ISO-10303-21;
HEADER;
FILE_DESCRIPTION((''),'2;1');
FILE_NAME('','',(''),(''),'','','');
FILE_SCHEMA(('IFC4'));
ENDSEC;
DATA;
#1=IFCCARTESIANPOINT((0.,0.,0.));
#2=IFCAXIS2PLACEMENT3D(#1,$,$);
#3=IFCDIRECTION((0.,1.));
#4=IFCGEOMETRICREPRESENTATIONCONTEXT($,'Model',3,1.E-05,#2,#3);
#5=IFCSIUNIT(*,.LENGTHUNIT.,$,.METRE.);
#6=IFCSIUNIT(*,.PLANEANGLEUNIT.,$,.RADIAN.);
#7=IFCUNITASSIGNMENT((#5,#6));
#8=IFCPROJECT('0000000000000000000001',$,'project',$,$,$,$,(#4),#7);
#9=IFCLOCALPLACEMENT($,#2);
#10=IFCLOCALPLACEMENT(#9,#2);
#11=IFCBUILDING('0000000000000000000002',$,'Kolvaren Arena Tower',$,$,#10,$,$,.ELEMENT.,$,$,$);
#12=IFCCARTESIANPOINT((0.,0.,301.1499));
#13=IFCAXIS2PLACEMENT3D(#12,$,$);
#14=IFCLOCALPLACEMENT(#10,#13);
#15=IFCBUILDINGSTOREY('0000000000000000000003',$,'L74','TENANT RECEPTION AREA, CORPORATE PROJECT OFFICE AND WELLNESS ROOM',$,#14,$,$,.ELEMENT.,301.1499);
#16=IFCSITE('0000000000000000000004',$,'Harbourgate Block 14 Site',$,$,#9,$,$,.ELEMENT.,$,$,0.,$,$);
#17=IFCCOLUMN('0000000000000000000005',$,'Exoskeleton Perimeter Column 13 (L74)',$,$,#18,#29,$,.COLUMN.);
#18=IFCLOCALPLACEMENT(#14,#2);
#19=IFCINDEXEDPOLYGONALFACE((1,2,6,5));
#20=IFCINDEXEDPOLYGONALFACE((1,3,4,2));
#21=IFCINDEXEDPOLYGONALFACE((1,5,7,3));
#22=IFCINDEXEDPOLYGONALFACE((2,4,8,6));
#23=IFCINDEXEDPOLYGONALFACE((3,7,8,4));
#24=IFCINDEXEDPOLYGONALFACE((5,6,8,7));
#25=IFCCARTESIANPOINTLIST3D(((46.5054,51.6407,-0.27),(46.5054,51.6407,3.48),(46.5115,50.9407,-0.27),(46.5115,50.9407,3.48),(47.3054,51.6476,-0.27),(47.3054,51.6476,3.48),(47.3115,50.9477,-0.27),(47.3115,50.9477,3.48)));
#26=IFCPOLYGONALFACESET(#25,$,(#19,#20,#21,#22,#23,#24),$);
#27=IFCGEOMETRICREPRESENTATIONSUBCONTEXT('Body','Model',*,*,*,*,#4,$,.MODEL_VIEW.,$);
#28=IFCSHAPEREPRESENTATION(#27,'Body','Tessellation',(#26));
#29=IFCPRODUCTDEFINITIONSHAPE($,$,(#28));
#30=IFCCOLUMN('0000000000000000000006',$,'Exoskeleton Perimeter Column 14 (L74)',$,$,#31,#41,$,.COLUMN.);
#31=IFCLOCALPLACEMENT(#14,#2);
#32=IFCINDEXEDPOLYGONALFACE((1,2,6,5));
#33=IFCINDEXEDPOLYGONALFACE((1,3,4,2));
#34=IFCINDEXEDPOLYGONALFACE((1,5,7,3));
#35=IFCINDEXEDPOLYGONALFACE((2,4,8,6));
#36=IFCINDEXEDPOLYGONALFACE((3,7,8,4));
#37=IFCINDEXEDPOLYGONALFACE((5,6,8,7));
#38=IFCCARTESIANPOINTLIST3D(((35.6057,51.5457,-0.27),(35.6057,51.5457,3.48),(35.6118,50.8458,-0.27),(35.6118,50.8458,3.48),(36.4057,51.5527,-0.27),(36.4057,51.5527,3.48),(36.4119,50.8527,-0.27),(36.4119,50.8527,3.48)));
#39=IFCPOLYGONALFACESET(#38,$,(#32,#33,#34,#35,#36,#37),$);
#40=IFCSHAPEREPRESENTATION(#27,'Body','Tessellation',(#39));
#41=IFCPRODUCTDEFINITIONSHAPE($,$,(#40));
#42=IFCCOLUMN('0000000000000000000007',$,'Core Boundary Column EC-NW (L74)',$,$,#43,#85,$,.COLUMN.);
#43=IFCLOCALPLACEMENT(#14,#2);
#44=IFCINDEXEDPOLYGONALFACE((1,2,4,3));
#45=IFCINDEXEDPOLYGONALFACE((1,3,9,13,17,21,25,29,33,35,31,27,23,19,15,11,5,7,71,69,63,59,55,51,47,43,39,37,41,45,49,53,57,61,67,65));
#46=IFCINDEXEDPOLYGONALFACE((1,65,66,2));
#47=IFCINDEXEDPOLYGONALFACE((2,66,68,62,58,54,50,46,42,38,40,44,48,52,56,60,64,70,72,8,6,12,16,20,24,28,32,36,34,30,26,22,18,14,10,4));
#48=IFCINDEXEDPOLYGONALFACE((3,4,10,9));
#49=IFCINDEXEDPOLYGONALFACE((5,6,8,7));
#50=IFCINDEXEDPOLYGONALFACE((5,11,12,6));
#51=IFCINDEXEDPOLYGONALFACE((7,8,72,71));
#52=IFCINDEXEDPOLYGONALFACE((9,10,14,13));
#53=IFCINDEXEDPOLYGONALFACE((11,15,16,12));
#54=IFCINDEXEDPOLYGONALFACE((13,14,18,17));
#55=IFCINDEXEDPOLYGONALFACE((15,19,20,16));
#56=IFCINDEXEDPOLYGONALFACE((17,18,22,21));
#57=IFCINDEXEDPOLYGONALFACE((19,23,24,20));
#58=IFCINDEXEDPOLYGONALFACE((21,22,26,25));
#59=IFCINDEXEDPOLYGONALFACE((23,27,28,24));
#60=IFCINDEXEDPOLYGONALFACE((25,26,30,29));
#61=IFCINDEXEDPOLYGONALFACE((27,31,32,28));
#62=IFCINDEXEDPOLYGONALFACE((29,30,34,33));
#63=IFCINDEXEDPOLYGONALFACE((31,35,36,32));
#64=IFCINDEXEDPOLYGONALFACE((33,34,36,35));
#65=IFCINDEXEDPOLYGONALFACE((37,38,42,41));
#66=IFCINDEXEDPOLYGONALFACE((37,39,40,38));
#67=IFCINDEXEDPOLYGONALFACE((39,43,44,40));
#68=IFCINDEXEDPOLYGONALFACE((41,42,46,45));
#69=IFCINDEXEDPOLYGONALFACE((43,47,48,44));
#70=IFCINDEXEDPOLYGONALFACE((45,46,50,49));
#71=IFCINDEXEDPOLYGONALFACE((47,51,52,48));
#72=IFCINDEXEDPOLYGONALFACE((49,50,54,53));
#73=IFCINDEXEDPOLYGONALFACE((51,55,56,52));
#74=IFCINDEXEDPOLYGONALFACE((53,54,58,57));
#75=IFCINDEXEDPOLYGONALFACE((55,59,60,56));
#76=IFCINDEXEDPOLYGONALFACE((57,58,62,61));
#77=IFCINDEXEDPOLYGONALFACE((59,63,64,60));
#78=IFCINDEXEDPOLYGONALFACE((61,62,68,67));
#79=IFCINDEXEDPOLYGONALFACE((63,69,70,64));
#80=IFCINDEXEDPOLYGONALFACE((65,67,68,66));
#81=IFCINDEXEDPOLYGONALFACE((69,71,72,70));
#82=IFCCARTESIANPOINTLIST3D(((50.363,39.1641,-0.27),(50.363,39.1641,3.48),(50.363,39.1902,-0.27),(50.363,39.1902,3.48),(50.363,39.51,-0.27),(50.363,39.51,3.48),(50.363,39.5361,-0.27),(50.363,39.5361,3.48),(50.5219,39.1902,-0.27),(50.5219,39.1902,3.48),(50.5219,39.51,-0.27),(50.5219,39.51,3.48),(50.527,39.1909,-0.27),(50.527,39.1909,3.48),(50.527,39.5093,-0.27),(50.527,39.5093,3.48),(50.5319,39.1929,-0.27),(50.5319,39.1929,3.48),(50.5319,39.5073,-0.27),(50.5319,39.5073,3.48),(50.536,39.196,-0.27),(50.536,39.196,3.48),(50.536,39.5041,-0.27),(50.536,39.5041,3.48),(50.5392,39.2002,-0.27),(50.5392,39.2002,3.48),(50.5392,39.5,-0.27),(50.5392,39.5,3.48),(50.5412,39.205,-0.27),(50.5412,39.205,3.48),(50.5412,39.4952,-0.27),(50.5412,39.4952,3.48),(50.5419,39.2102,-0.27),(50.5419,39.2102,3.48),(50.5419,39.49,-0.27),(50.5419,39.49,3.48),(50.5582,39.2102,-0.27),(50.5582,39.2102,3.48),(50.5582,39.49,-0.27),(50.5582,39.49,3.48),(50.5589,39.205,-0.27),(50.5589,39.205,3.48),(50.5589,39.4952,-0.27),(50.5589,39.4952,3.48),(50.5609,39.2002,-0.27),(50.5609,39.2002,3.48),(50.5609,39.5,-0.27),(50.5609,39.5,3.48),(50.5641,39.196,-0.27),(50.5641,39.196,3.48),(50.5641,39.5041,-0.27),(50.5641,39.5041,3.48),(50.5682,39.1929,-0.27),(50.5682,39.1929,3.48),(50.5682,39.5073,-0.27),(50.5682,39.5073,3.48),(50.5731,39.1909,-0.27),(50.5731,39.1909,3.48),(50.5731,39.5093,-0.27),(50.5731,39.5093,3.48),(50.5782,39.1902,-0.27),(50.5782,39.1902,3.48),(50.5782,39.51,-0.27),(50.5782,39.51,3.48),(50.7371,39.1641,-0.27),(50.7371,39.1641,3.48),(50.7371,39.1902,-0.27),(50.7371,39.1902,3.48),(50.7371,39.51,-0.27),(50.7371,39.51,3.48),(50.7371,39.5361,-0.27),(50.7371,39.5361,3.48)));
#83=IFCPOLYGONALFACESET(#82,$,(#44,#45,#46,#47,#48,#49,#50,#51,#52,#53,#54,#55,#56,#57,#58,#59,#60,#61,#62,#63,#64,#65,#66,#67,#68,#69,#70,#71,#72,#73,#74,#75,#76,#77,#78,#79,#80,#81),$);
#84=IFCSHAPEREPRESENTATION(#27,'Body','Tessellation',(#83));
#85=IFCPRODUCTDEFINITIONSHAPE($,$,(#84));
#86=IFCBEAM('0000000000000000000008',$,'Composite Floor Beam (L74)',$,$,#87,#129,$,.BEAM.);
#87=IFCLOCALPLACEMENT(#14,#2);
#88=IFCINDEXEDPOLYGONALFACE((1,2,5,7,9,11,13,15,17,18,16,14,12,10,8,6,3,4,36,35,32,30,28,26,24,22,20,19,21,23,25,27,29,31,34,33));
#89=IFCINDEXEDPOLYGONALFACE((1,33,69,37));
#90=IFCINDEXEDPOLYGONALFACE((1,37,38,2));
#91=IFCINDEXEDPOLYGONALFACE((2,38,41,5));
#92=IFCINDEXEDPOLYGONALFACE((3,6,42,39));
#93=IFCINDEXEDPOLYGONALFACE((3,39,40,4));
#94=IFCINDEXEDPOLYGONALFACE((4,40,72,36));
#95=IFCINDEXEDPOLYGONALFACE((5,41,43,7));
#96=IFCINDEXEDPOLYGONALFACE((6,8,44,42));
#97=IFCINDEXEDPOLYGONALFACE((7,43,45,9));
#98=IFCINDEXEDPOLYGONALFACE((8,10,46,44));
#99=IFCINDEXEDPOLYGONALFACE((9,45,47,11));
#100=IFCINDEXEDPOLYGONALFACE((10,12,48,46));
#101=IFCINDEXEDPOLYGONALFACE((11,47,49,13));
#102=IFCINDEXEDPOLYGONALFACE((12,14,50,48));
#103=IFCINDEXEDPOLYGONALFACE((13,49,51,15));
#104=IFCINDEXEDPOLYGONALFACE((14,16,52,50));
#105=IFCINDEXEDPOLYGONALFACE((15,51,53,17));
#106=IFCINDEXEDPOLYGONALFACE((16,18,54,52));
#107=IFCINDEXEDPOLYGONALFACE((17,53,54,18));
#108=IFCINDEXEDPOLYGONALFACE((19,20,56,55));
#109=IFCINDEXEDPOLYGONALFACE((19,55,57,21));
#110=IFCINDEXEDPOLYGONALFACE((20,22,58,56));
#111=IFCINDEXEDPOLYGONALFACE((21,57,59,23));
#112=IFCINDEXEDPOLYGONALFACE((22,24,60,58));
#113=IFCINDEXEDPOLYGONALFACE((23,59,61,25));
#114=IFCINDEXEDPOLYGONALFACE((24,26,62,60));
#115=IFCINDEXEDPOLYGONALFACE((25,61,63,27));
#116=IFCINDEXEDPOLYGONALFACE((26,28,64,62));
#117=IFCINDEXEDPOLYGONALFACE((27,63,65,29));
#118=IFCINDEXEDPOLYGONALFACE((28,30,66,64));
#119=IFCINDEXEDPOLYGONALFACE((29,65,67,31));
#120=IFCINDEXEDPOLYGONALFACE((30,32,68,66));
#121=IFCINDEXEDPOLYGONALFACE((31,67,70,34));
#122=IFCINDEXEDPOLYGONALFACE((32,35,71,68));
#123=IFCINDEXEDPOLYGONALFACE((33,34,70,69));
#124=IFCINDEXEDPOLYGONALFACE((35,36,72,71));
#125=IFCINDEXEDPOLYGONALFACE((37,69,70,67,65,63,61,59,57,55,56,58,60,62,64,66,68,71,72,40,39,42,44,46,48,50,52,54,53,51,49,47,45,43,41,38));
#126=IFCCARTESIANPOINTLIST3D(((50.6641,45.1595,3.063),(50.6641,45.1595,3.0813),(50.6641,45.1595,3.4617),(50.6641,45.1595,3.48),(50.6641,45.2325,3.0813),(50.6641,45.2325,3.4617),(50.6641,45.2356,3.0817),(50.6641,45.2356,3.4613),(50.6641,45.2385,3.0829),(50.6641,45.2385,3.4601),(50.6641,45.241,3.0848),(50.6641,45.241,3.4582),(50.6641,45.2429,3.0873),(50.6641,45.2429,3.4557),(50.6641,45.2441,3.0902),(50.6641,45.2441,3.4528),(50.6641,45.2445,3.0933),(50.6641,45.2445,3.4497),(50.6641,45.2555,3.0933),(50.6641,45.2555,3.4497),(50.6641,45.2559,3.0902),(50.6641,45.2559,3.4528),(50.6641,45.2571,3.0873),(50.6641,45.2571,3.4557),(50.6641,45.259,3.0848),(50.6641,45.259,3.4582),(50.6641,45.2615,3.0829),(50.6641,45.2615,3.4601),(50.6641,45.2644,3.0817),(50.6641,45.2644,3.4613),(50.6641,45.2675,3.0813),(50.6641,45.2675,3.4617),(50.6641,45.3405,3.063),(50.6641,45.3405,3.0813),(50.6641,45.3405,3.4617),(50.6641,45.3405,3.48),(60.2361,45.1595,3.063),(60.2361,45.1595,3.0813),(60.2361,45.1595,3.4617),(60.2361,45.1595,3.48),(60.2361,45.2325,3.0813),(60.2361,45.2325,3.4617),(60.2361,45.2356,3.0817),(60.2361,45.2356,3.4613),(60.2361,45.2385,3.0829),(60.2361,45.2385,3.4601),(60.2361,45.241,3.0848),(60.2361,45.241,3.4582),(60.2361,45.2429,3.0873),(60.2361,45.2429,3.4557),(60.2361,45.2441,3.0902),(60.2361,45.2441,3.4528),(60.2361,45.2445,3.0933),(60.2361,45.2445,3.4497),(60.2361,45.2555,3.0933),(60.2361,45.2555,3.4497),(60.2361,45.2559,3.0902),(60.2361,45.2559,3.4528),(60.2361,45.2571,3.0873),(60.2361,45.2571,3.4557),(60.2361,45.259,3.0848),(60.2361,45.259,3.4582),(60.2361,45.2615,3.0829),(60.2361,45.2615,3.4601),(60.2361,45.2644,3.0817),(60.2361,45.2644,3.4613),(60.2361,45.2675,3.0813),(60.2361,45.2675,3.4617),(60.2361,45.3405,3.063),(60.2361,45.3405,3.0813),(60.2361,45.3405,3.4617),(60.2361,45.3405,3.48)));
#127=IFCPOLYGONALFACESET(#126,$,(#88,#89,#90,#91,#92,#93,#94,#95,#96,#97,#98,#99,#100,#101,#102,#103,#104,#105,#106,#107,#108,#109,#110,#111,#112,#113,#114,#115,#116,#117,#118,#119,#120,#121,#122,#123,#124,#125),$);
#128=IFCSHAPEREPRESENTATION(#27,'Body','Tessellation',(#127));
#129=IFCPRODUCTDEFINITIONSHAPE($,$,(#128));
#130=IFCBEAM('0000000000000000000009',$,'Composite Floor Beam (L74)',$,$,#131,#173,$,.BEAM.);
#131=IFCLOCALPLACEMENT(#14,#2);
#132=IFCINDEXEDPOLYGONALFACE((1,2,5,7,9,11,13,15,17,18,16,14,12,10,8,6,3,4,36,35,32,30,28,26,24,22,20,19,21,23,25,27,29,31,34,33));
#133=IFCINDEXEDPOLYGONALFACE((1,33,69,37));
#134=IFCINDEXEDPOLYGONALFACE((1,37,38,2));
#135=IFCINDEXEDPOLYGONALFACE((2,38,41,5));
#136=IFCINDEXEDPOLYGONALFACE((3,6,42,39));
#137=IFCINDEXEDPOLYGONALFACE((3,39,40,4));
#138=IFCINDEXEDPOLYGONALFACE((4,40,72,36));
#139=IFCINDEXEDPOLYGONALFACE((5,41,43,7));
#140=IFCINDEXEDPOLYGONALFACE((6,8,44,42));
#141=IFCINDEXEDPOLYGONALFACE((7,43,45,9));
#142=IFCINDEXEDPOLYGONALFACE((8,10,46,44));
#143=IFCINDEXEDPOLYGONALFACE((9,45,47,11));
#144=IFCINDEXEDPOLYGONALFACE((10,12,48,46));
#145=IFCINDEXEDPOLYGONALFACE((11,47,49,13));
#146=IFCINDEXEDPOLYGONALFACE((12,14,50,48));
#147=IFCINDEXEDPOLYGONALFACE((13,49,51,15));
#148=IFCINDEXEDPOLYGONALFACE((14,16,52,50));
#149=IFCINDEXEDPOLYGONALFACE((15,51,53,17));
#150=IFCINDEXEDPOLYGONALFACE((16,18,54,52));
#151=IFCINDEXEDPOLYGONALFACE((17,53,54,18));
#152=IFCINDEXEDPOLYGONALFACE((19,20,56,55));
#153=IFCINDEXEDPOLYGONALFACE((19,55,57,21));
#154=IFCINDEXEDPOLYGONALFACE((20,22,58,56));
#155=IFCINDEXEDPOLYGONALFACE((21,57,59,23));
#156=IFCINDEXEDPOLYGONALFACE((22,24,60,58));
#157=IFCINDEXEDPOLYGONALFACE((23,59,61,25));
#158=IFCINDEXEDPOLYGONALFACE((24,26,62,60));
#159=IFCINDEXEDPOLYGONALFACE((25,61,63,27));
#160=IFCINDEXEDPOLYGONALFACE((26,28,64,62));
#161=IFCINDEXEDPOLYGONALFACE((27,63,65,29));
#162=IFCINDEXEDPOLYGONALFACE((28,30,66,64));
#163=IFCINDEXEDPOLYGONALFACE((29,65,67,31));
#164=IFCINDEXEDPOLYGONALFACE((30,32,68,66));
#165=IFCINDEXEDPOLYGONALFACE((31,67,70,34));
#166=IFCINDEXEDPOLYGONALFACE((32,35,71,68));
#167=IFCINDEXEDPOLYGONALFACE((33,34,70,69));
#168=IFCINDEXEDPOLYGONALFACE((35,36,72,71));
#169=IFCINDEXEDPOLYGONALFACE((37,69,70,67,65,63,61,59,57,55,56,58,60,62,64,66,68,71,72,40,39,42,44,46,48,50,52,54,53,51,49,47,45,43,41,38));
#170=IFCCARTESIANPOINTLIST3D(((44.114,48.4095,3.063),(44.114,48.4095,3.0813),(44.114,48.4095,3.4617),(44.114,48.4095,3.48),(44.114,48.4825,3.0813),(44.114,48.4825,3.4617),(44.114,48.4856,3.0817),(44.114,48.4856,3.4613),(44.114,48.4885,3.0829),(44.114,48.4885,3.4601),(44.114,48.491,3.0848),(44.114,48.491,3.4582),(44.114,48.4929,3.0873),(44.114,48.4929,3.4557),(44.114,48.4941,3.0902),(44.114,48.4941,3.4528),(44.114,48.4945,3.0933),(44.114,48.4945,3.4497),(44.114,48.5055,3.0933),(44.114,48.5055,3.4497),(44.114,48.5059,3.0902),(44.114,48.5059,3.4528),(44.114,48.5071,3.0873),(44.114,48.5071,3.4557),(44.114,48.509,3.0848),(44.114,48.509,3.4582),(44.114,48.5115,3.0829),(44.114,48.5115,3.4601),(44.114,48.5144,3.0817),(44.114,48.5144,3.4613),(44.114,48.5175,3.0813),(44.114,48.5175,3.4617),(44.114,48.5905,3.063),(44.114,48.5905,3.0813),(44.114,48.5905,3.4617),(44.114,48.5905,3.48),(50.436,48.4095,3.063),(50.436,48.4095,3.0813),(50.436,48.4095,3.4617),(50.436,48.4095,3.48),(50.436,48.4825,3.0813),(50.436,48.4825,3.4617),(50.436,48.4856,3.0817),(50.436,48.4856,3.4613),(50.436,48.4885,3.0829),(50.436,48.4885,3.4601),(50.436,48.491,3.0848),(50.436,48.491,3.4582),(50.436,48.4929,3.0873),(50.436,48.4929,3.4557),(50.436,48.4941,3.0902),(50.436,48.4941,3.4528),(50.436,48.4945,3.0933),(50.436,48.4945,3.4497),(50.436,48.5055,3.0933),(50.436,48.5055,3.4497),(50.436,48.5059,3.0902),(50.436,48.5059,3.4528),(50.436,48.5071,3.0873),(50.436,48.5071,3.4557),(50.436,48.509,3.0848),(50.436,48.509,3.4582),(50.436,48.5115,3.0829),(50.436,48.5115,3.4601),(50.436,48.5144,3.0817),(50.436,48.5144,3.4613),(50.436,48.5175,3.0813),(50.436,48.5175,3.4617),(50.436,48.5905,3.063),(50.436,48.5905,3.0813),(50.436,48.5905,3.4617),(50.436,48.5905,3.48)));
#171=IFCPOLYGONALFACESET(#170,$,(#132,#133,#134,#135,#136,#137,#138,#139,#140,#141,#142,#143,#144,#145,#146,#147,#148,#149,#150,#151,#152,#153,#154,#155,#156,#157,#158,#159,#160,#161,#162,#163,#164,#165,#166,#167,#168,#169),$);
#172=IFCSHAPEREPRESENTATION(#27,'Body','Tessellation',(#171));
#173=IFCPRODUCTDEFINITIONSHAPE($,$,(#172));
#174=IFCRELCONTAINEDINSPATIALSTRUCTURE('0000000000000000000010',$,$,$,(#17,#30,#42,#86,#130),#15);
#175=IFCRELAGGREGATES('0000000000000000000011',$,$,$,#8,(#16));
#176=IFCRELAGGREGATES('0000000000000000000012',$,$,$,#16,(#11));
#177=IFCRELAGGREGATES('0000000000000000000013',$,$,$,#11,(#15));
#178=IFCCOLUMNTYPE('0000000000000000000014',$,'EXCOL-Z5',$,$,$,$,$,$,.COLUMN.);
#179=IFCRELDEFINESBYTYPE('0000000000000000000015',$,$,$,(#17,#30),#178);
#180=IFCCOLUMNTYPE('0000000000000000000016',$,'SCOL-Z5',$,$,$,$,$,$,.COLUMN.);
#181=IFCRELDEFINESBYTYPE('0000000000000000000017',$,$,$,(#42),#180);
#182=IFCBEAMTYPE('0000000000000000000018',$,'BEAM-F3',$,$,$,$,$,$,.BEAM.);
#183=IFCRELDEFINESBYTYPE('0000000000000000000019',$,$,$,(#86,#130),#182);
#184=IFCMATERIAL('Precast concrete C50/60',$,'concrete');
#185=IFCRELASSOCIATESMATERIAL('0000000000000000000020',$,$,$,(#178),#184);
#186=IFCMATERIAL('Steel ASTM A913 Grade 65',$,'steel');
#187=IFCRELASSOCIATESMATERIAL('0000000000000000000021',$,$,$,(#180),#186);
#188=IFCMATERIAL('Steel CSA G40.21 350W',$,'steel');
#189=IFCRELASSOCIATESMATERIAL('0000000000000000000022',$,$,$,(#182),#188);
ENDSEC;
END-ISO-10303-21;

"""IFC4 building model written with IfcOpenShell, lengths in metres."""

from ifc_helpers import new_model, si_unit, direction, frame, origin, origin_2d, place, context, subcontext, project, spatial, rectangle, i_section, extrude, material, material_profile, profile_set, type_object, element, save


model = new_model("IFC4")

# Units and contexts
model_context = context("Model", 3, precision=1e-05, world=origin(), true_north=direction((0.0, 1.0)))
body_context = subcontext(model_context, "Body", "Model", "MODEL_VIEW")
ifc_project = project(units=[si_unit("LENGTHUNIT", "METRE"), si_unit("PLANEANGLEUNIT", "RADIAN")], contexts=[model_context])

# Site, building, storey
site_placement = place(None, origin())
site = spatial("IfcSite", under=ifc_project, at=site_placement, Name="Harbourgate Block 14 Site", CompositionType="ELEMENT", RefElevation=0.0)
building_placement = place(site_placement, origin())
building = spatial("IfcBuilding", under=site, at=building_placement, Name="Kolvaren Arena Tower", CompositionType="ELEMENT")
storey_placement = place(building_placement, frame((0.0, 0.0, 301.1499)))
storey = spatial("IfcBuildingStorey", under=building, at=storey_placement, Name="L74", Description="TENANT RECEPTION AREA, CORPORATE PROJECT OFFICE AND WELLNESS ROOM", CompositionType="ELEMENT", Elevation=301.1499)

# Columns
ifc_material_1 = material(Name="Precast concrete C50/60", Category="concrete")
ifc_material_profile_1 = material_profile(ifc_material_1, rectangle(XDim=0.8, YDim=0.7, at=origin_2d()), Name="RC-800x700")
ifc_profile_set_1 = profile_set([ifc_material_profile_1], Name="Precast concrete C50/60")
column_type_1 = type_object("IfcColumnType", Name="EXCOL-Z5", PredefinedType="COLUMN", material=ifc_profile_set_1)
for number, where, z_axis, x_axis, name in (
    (1, (46.9084, 51.2942, -0.27), (0.0, 0.0, 1.0), (0.999962, 0.008727, 0.0), "Exoskeleton Perimeter Column 13 (L74)"),
    (2, (36.0088, 51.1992, -0.27), (0.0, 0.0, 1.0), (0.999962, 0.008727, 0.0), "Exoskeleton Perimeter Column 14 (L74)"),
):
    element("IfcColumn", number, at=place(storey_placement, frame(where, z_axis=z_axis, x_axis=x_axis)), inside=storey, type_object=column_type_1, Name=name, PredefinedType="COLUMN", context=body_context, shape_type="SweptSolid", body=[
        extrude(rectangle(XDim=0.8, YDim=0.7, at=origin_2d()), origin(), (0.0, 0.0, 1.0), 3.75),
    ])
ifc_material_2 = material(Name="Steel ASTM A913 Grade 65", Category="steel")
ifc_material_profile_2 = material_profile(ifc_material_2, i_section(OverallWidth=0.374, OverallDepth=0.3721, WebThickness=0.0164, FlangeThickness=0.0261, FilletRadius=0.02, at=origin_2d()), Name="W360x196")
ifc_profile_set_2 = profile_set([ifc_material_profile_2], Name="Steel ASTM A913 Grade 65")
column_type_2 = type_object("IfcColumnType", Name="SCOL-Z5", PredefinedType="COLUMN", material=ifc_profile_set_2)
column_placement = place(storey_placement, frame((50.55, 39.3501, -0.27), z_axis=(0.0, 0.0, 1.0), x_axis=(1.0, 0.0, 0.0)))
element("IfcColumn", 3, at=column_placement, inside=storey, type_object=column_type_2, Name="Core Boundary Column EC-NW (L74)", PredefinedType="COLUMN", context=body_context, shape_type="SweptSolid", body=[
    extrude(i_section(OverallWidth=0.374, OverallDepth=0.3721, WebThickness=0.0164, FlangeThickness=0.0261, FilletRadius=0.02, at=origin_2d()), origin(), (0.0, 0.0, 1.0), 3.75),
])

# Beams
ifc_material_3 = material(Name="Steel CSA G40.21 350W", Category="steel")
ifc_material_profile_3 = material_profile(ifc_material_3, i_section(OverallWidth=0.1809, OverallDepth=0.417, WebThickness=0.011, FlangeThickness=0.0183, FilletRadius=0.012, at=origin_2d()), Name="W410x85")
ifc_profile_set_3 = profile_set([ifc_material_profile_3], Name="Steel CSA G40.21 350W")
beam_type_1 = type_object("IfcBeamType", Name="BEAM-F3", PredefinedType="BEAM", material=ifc_profile_set_3)
beam_1_placement = place(storey_placement, frame((50.6641, 45.25, 3.2715), z_axis=(1.0, 0.0, 0.0), x_axis=(0.0, 1.0, 0.0)))
element("IfcBeam", 4, at=beam_1_placement, inside=storey, type_object=beam_type_1, Name="Composite Floor Beam (L74)", PredefinedType="BEAM", context=body_context, shape_type="SweptSolid", body=[
    extrude(i_section(OverallWidth=0.1809, OverallDepth=0.417, WebThickness=0.011, FlangeThickness=0.0183, FilletRadius=0.012, at=origin_2d()), origin(), (0.0, 0.0, 1.0), 9.572),
])
beam_2_placement = place(storey_placement, frame((44.114, 48.5, 3.2715), z_axis=(1.0, 0.0, 0.0), x_axis=(0.0, 1.0, 0.0)))
element("IfcBeam", 5, at=beam_2_placement, inside=storey, type_object=beam_type_1, Name="Composite Floor Beam (L74)", PredefinedType="BEAM", context=body_context, shape_type="SweptSolid", body=[
    extrude(i_section(OverallWidth=0.1809, OverallDepth=0.417, WebThickness=0.011, FlangeThickness=0.0183, FilletRadius=0.012, at=origin_2d()), origin(), (0.0, 0.0, 1.0), 6.322),
])

save(model, "model.ifc")
